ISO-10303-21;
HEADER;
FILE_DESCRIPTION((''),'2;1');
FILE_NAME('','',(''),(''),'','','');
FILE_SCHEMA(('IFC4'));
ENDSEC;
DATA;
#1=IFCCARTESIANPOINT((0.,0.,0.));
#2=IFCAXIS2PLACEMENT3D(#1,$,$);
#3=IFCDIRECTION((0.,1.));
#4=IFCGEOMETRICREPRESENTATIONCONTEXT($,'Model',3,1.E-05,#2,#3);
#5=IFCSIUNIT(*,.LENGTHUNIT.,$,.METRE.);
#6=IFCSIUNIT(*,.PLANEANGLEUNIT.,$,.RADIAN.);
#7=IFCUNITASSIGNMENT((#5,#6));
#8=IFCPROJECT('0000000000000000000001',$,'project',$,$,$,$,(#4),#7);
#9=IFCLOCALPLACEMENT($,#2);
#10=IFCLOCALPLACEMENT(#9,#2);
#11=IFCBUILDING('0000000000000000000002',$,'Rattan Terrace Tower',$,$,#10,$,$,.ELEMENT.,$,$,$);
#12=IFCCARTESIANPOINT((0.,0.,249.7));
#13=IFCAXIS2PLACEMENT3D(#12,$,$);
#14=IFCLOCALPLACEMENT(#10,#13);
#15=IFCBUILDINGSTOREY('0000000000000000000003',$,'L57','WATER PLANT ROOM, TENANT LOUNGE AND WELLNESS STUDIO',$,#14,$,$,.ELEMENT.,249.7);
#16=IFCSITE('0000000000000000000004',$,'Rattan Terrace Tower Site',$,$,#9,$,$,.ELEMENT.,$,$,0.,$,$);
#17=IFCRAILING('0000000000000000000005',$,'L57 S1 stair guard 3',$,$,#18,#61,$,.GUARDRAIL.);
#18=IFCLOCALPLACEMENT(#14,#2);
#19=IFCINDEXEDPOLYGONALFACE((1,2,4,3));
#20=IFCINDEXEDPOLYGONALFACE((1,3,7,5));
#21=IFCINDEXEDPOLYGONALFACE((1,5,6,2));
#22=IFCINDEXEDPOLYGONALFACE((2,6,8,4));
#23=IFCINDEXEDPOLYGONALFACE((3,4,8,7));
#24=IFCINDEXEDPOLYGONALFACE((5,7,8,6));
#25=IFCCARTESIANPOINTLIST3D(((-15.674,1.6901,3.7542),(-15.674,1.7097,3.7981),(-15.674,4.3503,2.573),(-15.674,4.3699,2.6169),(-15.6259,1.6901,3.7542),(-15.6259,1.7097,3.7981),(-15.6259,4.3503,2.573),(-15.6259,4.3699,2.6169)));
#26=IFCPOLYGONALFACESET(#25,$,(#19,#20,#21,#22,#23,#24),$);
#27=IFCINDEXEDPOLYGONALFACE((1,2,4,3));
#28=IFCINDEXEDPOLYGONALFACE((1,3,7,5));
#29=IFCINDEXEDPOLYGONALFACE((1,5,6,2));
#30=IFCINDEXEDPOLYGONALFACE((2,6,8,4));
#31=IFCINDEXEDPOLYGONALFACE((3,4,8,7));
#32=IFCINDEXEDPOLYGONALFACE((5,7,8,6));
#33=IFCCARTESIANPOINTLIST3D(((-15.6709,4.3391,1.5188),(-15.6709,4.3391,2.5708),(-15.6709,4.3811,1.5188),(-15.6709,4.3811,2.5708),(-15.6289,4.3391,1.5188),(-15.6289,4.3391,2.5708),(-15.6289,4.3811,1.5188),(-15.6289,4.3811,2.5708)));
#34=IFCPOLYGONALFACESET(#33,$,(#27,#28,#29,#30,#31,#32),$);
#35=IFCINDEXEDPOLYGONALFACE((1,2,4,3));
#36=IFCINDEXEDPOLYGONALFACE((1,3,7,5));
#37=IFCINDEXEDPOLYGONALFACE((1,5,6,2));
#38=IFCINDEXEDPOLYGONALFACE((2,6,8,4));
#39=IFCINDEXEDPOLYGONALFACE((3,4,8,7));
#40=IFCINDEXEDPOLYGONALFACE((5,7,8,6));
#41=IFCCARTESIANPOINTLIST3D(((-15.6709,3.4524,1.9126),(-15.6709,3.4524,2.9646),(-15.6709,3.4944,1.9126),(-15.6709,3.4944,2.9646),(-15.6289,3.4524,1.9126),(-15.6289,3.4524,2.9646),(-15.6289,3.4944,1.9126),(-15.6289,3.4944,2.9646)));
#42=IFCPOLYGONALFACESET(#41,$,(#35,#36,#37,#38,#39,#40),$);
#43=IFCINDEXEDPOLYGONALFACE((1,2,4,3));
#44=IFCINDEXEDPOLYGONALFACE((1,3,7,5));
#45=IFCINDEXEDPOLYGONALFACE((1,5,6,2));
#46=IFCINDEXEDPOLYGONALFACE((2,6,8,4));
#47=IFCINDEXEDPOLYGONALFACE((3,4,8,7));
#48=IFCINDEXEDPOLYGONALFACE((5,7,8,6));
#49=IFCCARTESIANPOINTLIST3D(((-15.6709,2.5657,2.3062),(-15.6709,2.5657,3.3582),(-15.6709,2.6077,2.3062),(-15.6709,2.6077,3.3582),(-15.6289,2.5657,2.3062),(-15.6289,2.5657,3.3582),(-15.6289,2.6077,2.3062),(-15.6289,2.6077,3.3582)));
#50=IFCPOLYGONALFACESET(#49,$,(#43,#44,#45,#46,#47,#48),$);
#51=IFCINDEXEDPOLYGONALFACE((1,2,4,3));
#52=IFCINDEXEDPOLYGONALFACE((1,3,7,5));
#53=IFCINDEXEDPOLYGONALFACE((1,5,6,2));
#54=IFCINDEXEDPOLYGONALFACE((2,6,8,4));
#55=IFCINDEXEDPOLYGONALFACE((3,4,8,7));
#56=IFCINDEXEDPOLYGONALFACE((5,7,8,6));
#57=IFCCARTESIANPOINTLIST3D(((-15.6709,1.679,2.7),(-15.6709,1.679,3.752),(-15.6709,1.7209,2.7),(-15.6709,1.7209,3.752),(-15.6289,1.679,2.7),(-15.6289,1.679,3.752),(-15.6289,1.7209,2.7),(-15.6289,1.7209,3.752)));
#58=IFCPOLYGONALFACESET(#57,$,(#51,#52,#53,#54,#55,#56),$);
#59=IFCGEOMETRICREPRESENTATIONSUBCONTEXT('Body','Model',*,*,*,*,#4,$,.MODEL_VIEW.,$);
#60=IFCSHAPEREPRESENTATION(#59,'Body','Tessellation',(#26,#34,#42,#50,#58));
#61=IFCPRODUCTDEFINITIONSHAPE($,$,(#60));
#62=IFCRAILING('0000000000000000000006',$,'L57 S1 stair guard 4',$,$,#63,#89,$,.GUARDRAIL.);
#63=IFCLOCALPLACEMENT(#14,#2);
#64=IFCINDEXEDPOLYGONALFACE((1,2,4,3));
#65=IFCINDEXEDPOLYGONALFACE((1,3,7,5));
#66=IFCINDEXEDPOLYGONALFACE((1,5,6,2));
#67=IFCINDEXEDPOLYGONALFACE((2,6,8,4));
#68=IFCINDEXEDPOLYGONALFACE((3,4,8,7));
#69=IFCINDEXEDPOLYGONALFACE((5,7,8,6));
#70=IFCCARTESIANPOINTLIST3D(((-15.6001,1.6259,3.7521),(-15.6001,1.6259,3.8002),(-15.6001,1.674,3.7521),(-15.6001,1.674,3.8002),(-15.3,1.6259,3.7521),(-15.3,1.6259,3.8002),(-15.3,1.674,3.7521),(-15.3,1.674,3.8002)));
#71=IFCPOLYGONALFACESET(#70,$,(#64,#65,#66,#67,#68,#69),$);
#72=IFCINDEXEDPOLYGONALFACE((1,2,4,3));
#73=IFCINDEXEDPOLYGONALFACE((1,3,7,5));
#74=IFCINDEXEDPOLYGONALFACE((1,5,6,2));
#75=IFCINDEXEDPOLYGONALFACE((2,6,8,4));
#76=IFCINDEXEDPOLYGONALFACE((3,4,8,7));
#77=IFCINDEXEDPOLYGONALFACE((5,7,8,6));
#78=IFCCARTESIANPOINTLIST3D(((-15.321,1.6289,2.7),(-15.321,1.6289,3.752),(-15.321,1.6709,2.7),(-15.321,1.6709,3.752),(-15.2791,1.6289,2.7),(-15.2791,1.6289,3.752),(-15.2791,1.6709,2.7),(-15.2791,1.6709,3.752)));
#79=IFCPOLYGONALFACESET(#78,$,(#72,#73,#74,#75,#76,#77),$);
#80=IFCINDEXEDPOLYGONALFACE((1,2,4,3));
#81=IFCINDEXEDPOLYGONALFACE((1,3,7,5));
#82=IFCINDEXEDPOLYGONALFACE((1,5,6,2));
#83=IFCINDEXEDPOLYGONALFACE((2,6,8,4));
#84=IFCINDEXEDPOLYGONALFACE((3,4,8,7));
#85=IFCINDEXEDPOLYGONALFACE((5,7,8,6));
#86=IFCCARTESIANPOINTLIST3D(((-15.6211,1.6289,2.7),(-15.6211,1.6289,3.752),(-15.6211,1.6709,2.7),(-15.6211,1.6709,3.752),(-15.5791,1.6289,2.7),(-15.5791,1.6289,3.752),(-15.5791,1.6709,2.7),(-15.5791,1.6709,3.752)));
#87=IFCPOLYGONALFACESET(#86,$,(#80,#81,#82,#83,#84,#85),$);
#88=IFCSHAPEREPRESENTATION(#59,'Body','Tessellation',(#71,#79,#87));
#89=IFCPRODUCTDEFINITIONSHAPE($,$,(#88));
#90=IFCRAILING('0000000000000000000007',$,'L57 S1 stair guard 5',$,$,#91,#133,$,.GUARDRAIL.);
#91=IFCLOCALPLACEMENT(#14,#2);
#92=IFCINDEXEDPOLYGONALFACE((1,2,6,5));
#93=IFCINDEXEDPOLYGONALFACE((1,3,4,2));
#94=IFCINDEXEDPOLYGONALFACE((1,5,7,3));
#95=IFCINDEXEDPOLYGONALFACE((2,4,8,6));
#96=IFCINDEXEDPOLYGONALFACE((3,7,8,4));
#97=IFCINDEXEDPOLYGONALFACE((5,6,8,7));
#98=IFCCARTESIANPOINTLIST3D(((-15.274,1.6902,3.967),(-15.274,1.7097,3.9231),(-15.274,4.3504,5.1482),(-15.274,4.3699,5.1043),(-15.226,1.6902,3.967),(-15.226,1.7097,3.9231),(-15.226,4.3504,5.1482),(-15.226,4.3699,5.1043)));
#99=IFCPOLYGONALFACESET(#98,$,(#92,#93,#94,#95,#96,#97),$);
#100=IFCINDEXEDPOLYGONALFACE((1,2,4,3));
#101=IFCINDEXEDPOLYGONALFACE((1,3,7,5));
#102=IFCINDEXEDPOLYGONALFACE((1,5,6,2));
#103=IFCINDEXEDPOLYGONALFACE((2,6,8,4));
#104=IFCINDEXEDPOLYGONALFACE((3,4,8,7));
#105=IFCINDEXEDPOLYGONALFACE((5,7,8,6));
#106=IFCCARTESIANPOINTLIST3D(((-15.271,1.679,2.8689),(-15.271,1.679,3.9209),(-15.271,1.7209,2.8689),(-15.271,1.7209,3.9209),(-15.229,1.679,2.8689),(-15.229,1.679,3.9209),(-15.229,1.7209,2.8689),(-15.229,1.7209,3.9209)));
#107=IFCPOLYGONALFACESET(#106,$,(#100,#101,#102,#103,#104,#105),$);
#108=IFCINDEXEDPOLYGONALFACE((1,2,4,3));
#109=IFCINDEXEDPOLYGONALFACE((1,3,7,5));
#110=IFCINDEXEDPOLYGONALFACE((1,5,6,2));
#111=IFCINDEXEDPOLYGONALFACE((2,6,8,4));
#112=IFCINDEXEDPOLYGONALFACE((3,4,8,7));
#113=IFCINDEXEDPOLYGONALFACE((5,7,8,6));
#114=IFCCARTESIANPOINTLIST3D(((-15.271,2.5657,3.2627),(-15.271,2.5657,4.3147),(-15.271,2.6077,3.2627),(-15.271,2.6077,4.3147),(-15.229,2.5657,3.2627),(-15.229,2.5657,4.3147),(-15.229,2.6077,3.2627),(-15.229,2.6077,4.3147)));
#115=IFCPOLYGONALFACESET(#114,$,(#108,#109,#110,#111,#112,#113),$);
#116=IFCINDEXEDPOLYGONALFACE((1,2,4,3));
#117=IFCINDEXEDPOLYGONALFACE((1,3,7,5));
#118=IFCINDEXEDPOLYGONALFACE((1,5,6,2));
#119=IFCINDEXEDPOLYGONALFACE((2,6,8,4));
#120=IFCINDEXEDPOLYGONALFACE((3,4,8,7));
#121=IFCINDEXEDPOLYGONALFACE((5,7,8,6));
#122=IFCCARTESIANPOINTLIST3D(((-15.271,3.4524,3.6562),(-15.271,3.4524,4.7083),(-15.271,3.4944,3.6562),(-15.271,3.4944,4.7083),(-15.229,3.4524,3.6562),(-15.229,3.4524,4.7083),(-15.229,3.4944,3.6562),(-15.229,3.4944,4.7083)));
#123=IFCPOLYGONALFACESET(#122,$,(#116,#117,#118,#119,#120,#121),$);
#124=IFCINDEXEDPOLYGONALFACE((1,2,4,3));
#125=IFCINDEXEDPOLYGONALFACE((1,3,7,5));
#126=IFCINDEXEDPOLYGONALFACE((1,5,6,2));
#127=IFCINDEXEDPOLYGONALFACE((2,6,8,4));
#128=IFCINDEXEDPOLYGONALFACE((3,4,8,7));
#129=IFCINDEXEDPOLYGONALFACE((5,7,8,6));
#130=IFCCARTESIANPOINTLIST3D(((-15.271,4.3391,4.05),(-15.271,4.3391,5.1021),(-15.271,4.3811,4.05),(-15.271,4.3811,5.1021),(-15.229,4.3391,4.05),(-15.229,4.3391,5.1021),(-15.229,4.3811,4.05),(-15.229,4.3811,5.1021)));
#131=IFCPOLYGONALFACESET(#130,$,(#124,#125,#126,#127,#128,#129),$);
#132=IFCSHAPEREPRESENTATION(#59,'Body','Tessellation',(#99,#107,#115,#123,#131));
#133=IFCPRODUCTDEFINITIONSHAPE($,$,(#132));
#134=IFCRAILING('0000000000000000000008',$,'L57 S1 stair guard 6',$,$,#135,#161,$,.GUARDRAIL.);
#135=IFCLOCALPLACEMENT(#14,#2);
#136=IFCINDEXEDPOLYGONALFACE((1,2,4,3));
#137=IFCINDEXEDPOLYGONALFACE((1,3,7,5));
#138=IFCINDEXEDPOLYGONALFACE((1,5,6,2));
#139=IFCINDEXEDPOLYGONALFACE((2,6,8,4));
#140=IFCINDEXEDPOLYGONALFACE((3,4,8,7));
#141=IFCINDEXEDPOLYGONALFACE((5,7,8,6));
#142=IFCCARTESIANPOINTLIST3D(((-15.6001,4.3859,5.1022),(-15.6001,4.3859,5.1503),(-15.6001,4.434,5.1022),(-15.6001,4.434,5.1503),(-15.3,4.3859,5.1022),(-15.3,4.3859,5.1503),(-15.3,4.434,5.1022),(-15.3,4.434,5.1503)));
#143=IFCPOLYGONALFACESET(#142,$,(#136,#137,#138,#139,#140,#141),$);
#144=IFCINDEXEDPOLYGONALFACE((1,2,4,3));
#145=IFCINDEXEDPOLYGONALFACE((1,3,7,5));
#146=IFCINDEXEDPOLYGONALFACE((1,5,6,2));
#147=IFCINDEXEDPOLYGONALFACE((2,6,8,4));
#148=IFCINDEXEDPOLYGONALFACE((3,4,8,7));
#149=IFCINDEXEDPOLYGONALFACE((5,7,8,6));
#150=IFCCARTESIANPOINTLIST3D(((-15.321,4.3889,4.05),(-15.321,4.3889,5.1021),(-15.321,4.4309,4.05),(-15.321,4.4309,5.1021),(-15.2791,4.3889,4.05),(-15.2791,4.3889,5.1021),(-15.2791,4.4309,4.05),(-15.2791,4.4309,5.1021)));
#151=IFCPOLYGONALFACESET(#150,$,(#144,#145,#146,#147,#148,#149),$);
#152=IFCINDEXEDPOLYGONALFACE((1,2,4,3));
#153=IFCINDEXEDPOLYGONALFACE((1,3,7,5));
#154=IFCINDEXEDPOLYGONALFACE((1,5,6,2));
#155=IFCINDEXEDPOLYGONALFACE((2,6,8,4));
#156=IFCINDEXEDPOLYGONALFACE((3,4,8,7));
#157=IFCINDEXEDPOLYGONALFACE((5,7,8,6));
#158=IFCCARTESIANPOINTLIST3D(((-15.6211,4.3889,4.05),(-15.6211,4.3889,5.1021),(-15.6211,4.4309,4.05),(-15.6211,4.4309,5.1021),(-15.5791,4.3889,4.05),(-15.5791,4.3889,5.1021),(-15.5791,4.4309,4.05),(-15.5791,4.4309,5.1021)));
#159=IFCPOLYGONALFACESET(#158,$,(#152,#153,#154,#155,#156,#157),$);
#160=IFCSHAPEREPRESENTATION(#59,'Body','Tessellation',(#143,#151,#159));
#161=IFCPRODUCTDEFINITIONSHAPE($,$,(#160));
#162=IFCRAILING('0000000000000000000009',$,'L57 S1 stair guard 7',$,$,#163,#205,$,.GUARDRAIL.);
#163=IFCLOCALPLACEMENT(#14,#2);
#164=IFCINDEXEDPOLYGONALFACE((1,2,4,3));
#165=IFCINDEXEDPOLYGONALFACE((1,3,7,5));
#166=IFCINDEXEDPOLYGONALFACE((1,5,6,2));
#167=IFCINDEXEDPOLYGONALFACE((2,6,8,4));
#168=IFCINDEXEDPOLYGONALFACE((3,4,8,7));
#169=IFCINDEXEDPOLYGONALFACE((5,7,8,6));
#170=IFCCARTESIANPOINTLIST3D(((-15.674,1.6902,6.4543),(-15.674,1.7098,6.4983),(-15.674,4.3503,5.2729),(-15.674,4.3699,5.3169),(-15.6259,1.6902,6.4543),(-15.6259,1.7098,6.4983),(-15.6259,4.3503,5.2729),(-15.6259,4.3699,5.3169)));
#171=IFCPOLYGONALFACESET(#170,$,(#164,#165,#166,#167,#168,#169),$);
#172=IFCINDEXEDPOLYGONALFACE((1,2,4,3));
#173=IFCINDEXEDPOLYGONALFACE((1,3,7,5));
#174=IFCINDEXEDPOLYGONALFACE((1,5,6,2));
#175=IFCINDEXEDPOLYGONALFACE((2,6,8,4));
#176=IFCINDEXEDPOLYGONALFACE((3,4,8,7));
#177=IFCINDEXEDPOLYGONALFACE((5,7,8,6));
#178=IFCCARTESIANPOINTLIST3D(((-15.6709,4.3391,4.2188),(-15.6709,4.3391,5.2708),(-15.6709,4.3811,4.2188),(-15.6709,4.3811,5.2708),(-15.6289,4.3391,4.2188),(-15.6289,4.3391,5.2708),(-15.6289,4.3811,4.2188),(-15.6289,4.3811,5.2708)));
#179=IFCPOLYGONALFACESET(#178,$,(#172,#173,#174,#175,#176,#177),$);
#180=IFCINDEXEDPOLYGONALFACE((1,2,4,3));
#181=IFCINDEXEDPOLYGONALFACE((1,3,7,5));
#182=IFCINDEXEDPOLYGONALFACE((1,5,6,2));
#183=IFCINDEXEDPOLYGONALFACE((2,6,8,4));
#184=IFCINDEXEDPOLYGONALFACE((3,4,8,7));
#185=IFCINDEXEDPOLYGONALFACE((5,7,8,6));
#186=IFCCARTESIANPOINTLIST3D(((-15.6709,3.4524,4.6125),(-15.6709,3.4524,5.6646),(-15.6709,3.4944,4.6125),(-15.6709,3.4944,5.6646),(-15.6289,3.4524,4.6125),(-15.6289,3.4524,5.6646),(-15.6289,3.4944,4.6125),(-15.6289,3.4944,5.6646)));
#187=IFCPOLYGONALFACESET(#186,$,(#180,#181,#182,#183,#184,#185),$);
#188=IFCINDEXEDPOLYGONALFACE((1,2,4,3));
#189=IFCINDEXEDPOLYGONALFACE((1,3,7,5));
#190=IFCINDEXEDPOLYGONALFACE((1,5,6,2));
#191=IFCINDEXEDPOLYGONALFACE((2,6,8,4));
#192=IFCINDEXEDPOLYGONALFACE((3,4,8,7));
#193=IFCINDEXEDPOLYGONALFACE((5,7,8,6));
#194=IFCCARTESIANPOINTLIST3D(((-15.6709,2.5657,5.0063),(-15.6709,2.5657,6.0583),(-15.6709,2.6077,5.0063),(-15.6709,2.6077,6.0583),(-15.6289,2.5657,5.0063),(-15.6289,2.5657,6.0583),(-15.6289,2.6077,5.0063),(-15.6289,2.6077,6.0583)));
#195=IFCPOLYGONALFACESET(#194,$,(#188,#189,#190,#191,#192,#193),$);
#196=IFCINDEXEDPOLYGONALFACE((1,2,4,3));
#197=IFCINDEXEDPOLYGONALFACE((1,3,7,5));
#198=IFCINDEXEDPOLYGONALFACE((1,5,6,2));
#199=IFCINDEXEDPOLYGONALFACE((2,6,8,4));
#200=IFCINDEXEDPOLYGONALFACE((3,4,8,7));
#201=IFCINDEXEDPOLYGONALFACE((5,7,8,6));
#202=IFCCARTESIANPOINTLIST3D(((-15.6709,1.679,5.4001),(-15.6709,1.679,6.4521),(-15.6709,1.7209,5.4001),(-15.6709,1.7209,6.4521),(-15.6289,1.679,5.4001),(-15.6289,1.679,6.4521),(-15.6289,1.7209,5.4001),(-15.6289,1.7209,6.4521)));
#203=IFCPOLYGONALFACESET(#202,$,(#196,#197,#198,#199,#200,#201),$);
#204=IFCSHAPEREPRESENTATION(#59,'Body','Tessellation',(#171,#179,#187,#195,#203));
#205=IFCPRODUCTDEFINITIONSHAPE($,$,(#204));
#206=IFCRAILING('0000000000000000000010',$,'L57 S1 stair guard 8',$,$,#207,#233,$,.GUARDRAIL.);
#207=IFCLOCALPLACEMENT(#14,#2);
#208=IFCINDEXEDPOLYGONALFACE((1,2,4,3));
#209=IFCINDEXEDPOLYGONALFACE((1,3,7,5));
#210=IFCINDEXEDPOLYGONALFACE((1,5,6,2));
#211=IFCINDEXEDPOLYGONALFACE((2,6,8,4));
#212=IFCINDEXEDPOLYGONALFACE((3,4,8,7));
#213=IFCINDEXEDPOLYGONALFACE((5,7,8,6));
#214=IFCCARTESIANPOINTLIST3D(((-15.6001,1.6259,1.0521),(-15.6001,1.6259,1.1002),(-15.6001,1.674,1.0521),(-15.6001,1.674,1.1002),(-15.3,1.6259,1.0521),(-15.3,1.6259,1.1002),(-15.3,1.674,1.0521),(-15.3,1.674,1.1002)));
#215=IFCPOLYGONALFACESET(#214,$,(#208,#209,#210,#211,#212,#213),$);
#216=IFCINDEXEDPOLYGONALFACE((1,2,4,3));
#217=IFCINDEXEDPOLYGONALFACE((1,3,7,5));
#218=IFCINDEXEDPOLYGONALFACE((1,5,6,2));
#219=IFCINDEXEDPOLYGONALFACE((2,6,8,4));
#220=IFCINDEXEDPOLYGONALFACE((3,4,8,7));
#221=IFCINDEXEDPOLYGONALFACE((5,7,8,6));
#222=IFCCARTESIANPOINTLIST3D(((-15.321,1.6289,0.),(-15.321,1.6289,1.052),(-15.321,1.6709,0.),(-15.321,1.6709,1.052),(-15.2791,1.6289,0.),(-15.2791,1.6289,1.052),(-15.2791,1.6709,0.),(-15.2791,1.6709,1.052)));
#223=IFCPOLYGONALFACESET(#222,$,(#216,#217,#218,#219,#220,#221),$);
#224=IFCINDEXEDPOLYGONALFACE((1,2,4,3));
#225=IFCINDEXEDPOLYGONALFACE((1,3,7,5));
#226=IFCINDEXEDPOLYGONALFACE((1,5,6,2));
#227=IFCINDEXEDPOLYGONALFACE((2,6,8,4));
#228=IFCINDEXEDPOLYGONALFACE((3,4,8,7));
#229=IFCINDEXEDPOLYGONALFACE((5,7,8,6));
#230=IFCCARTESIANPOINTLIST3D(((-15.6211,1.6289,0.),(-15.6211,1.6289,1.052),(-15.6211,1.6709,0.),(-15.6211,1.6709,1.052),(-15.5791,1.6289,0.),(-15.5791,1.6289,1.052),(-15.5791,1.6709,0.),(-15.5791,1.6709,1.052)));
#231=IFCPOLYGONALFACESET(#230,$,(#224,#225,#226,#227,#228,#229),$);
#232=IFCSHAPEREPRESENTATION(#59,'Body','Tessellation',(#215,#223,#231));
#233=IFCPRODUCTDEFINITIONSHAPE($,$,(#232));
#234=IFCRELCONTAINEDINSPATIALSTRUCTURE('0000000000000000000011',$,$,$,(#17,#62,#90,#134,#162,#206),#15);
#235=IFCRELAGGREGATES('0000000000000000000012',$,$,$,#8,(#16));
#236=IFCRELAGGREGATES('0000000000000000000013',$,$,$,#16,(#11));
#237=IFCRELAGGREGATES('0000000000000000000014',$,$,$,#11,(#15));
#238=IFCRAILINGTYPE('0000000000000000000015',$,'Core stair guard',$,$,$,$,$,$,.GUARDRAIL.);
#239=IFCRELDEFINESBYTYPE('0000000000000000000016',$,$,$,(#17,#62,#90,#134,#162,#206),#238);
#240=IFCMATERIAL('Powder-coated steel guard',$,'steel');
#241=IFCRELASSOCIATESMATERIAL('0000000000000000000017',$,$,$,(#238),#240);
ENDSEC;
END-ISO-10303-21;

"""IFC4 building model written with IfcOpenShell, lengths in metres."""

from ifc_helpers import new_model, si_unit, direction, frame, origin, origin_2d, place, context, subcontext, project, spatial, rectangle, extrude, material, type_object, element, save


model = new_model("IFC4")

# Units and contexts
model_context = context("Model", 3, precision=1e-05, world=origin(), true_north=direction((0.0, 1.0)))
body_context = subcontext(model_context, "Body", "Model", "MODEL_VIEW")
ifc_project = project(units=[si_unit("LENGTHUNIT", "METRE"), si_unit("PLANEANGLEUNIT", "RADIAN")], contexts=[model_context])

# Site, building, storey
site_placement = place(None, origin())
site = spatial("IfcSite", under=ifc_project, at=site_placement, Name="Rattan Terrace Tower Site", CompositionType="ELEMENT", RefElevation=0.0)
building_placement = place(site_placement, origin())
building = spatial("IfcBuilding", under=site, at=building_placement, Name="Rattan Terrace Tower", CompositionType="ELEMENT")
storey_placement = place(building_placement, frame((0.0, 0.0, 249.7)))
storey = spatial("IfcBuildingStorey", under=building, at=storey_placement, Name="L57", Description="WATER PLANT ROOM, TENANT LOUNGE AND WELLNESS STUDIO", CompositionType="ELEMENT", Elevation=249.7)

# Railings
ifc_material_1 = material(Name="Powder-coated steel guard", Category="steel")
railing_type_1 = type_object("IfcRailingType", Name="Core stair guard", PredefinedType="GUARDRAIL", material=ifc_material_1)
railing_1_placement = place(storey_placement, frame((-15.6499, 4.3601, 1.5188)))
element("IfcRailing", 1, at=railing_1_placement, inside=storey, type_object=railing_type_1, Name="L57 S1 stair guard 3", PredefinedType="GUARDRAIL", context=body_context, shape_type="SweptSolid", body=[
    extrude(rectangle(XDim=0.0481, YDim=0.0481, at=origin_2d()), frame((0.0, 0.0, 1.0762), z_axis=(0.0, -0.913957, 0.405812), x_axis=(1.0, 0.0, 0.0)), (0.0, 0.0, 1.0), 2.9106),
    extrude(rectangle(XDim=0.042, YDim=0.042, at=origin_2d()), origin(), (0.0, 0.0, 1.0), 1.052),
    extrude(rectangle(XDim=0.042, YDim=0.042, at=origin_2d()), frame((0.0, -0.8867, 0.3938)), (0.0, 0.0, 1.0), 1.052),
    extrude(rectangle(XDim=0.042, YDim=0.042, at=origin_2d()), frame((0.0, -1.7734, 0.7874)), (0.0, 0.0, 1.0), 1.052),
    extrude(rectangle(XDim=0.042, YDim=0.042, at=origin_2d()), frame((0.0, -2.6602, 1.1812)), (0.0, 0.0, 1.0), 1.052),
])
railing_2_placement = place(storey_placement, frame((-15.3, 1.6499, 2.7)))
element("IfcRailing", 2, at=railing_2_placement, inside=storey, type_object=railing_type_1, Name="L57 S1 stair guard 4", PredefinedType="GUARDRAIL", context=body_context, shape_type="SweptSolid", body=[
    extrude(rectangle(XDim=0.0481, YDim=0.0481, at=origin_2d()), frame((0.0, 0.0, 1.0762), z_axis=(-1.0, 0.0, 0.0), x_axis=(0.0, -1.0, 0.0)), (0.0, 0.0, 1.0), 0.3),
    extrude(rectangle(XDim=0.042, YDim=0.042, at=origin_2d()), origin(), (0.0, 0.0, 1.0), 1.052),
    extrude(rectangle(XDim=0.042, YDim=0.042, at=origin_2d()), frame((-0.3, 0.0, 0.0)), (0.0, 0.0, 1.0), 1.052),
])
railing_3_placement = place(storey_placement, frame((-15.25, 1.7, 2.8689)))
element("IfcRailing", 3, at=railing_3_placement, inside=storey, type_object=railing_type_1, Name="L57 S1 stair guard 5", PredefinedType="GUARDRAIL", context=body_context, shape_type="SweptSolid", body=[
    extrude(rectangle(XDim=0.0481, YDim=0.0481, at=origin_2d()), frame((0.0, 0.0, 1.0762), z_axis=(0.0, 0.913957, 0.405812), x_axis=(-1.0, 0.0, 0.0)), (0.0, 0.0, 1.0), 2.9106),
    extrude(rectangle(XDim=0.042, YDim=0.042, at=origin_2d()), origin(), (0.0, 0.0, 1.0), 1.052),
    extrude(rectangle(XDim=0.042, YDim=0.042, at=origin_2d()), frame((0.0, 0.8867, 0.3938)), (0.0, 0.0, 1.0), 1.052),
    extrude(rectangle(XDim=0.042, YDim=0.042, at=origin_2d()), frame((0.0, 1.7734, 0.7874)), (0.0, 0.0, 1.0), 1.052),
    extrude(rectangle(XDim=0.042, YDim=0.042, at=origin_2d()), frame((0.0, 2.6602, 1.1812)), (0.0, 0.0, 1.0), 1.052),
])
railing_4_placement = place(storey_placement, frame((-15.3, 4.4099, 4.05)))
element("IfcRailing", 4, at=railing_4_placement, inside=storey, type_object=railing_type_1, Name="L57 S1 stair guard 6", PredefinedType="GUARDRAIL", context=body_context, shape_type="SweptSolid", body=[
    extrude(rectangle(XDim=0.0481, YDim=0.0481, at=origin_2d()), frame((0.0, 0.0, 1.0762), z_axis=(-1.0, 0.0, 0.0), x_axis=(0.0, -1.0, 0.0)), (0.0, 0.0, 1.0), 0.3),
    extrude(rectangle(XDim=0.042, YDim=0.042, at=origin_2d()), origin(), (0.0, 0.0, 1.0), 1.052),
    extrude(rectangle(XDim=0.042, YDim=0.042, at=origin_2d()), frame((-0.3, 0.0, 0.0)), (0.0, 0.0, 1.0), 1.052),
])
railing_5_placement = place(storey_placement, frame((-15.6499, 4.3601, 4.2188)))
element("IfcRailing", 5, at=railing_5_placement, inside=storey, type_object=railing_type_1, Name="L57 S1 stair guard 7", PredefinedType="GUARDRAIL", context=body_context, shape_type="SweptSolid", body=[
    extrude(rectangle(XDim=0.0481, YDim=0.0481, at=origin_2d()), frame((0.0, 0.0, 1.0762), z_axis=(0.0, -0.913926, 0.405882), x_axis=(1.0, 0.0, 0.0)), (0.0, 0.0, 1.0), 2.9106),
    extrude(rectangle(XDim=0.042, YDim=0.042, at=origin_2d()), origin(), (0.0, 0.0, 1.0), 1.052),
    extrude(rectangle(XDim=0.042, YDim=0.042, at=origin_2d()), frame((0.0, -0.8867, 0.3938)), (0.0, 0.0, 1.0), 1.052),
    extrude(rectangle(XDim=0.042, YDim=0.042, at=origin_2d()), frame((0.0, -1.7734, 0.7876)), (0.0, 0.0, 1.0), 1.052),
    extrude(rectangle(XDim=0.042, YDim=0.042, at=origin_2d()), frame((0.0, -2.6602, 1.1814)), (0.0, 0.0, 1.0), 1.052),
])
railing_6_placement = place(storey_placement, frame((-15.3, 1.6499, 0.0)))
element("IfcRailing", 6, at=railing_6_placement, inside=storey, type_object=railing_type_1, Name="L57 S1 stair guard 8", PredefinedType="GUARDRAIL", context=body_context, shape_type="SweptSolid", body=[
    extrude(rectangle(XDim=0.0481, YDim=0.0481, at=origin_2d()), frame((0.0, 0.0, 1.0762), z_axis=(-1.0, 0.0, 0.0), x_axis=(0.0, -1.0, 0.0)), (0.0, 0.0, 1.0), 0.3),
    extrude(rectangle(XDim=0.042, YDim=0.042, at=origin_2d()), origin(), (0.0, 0.0, 1.0), 1.052),
    extrude(rectangle(XDim=0.042, YDim=0.042, at=origin_2d()), frame((-0.3, 0.0, 0.0)), (0.0, 0.0, 1.0), 1.052),
])

save(model, "model.ifc")
